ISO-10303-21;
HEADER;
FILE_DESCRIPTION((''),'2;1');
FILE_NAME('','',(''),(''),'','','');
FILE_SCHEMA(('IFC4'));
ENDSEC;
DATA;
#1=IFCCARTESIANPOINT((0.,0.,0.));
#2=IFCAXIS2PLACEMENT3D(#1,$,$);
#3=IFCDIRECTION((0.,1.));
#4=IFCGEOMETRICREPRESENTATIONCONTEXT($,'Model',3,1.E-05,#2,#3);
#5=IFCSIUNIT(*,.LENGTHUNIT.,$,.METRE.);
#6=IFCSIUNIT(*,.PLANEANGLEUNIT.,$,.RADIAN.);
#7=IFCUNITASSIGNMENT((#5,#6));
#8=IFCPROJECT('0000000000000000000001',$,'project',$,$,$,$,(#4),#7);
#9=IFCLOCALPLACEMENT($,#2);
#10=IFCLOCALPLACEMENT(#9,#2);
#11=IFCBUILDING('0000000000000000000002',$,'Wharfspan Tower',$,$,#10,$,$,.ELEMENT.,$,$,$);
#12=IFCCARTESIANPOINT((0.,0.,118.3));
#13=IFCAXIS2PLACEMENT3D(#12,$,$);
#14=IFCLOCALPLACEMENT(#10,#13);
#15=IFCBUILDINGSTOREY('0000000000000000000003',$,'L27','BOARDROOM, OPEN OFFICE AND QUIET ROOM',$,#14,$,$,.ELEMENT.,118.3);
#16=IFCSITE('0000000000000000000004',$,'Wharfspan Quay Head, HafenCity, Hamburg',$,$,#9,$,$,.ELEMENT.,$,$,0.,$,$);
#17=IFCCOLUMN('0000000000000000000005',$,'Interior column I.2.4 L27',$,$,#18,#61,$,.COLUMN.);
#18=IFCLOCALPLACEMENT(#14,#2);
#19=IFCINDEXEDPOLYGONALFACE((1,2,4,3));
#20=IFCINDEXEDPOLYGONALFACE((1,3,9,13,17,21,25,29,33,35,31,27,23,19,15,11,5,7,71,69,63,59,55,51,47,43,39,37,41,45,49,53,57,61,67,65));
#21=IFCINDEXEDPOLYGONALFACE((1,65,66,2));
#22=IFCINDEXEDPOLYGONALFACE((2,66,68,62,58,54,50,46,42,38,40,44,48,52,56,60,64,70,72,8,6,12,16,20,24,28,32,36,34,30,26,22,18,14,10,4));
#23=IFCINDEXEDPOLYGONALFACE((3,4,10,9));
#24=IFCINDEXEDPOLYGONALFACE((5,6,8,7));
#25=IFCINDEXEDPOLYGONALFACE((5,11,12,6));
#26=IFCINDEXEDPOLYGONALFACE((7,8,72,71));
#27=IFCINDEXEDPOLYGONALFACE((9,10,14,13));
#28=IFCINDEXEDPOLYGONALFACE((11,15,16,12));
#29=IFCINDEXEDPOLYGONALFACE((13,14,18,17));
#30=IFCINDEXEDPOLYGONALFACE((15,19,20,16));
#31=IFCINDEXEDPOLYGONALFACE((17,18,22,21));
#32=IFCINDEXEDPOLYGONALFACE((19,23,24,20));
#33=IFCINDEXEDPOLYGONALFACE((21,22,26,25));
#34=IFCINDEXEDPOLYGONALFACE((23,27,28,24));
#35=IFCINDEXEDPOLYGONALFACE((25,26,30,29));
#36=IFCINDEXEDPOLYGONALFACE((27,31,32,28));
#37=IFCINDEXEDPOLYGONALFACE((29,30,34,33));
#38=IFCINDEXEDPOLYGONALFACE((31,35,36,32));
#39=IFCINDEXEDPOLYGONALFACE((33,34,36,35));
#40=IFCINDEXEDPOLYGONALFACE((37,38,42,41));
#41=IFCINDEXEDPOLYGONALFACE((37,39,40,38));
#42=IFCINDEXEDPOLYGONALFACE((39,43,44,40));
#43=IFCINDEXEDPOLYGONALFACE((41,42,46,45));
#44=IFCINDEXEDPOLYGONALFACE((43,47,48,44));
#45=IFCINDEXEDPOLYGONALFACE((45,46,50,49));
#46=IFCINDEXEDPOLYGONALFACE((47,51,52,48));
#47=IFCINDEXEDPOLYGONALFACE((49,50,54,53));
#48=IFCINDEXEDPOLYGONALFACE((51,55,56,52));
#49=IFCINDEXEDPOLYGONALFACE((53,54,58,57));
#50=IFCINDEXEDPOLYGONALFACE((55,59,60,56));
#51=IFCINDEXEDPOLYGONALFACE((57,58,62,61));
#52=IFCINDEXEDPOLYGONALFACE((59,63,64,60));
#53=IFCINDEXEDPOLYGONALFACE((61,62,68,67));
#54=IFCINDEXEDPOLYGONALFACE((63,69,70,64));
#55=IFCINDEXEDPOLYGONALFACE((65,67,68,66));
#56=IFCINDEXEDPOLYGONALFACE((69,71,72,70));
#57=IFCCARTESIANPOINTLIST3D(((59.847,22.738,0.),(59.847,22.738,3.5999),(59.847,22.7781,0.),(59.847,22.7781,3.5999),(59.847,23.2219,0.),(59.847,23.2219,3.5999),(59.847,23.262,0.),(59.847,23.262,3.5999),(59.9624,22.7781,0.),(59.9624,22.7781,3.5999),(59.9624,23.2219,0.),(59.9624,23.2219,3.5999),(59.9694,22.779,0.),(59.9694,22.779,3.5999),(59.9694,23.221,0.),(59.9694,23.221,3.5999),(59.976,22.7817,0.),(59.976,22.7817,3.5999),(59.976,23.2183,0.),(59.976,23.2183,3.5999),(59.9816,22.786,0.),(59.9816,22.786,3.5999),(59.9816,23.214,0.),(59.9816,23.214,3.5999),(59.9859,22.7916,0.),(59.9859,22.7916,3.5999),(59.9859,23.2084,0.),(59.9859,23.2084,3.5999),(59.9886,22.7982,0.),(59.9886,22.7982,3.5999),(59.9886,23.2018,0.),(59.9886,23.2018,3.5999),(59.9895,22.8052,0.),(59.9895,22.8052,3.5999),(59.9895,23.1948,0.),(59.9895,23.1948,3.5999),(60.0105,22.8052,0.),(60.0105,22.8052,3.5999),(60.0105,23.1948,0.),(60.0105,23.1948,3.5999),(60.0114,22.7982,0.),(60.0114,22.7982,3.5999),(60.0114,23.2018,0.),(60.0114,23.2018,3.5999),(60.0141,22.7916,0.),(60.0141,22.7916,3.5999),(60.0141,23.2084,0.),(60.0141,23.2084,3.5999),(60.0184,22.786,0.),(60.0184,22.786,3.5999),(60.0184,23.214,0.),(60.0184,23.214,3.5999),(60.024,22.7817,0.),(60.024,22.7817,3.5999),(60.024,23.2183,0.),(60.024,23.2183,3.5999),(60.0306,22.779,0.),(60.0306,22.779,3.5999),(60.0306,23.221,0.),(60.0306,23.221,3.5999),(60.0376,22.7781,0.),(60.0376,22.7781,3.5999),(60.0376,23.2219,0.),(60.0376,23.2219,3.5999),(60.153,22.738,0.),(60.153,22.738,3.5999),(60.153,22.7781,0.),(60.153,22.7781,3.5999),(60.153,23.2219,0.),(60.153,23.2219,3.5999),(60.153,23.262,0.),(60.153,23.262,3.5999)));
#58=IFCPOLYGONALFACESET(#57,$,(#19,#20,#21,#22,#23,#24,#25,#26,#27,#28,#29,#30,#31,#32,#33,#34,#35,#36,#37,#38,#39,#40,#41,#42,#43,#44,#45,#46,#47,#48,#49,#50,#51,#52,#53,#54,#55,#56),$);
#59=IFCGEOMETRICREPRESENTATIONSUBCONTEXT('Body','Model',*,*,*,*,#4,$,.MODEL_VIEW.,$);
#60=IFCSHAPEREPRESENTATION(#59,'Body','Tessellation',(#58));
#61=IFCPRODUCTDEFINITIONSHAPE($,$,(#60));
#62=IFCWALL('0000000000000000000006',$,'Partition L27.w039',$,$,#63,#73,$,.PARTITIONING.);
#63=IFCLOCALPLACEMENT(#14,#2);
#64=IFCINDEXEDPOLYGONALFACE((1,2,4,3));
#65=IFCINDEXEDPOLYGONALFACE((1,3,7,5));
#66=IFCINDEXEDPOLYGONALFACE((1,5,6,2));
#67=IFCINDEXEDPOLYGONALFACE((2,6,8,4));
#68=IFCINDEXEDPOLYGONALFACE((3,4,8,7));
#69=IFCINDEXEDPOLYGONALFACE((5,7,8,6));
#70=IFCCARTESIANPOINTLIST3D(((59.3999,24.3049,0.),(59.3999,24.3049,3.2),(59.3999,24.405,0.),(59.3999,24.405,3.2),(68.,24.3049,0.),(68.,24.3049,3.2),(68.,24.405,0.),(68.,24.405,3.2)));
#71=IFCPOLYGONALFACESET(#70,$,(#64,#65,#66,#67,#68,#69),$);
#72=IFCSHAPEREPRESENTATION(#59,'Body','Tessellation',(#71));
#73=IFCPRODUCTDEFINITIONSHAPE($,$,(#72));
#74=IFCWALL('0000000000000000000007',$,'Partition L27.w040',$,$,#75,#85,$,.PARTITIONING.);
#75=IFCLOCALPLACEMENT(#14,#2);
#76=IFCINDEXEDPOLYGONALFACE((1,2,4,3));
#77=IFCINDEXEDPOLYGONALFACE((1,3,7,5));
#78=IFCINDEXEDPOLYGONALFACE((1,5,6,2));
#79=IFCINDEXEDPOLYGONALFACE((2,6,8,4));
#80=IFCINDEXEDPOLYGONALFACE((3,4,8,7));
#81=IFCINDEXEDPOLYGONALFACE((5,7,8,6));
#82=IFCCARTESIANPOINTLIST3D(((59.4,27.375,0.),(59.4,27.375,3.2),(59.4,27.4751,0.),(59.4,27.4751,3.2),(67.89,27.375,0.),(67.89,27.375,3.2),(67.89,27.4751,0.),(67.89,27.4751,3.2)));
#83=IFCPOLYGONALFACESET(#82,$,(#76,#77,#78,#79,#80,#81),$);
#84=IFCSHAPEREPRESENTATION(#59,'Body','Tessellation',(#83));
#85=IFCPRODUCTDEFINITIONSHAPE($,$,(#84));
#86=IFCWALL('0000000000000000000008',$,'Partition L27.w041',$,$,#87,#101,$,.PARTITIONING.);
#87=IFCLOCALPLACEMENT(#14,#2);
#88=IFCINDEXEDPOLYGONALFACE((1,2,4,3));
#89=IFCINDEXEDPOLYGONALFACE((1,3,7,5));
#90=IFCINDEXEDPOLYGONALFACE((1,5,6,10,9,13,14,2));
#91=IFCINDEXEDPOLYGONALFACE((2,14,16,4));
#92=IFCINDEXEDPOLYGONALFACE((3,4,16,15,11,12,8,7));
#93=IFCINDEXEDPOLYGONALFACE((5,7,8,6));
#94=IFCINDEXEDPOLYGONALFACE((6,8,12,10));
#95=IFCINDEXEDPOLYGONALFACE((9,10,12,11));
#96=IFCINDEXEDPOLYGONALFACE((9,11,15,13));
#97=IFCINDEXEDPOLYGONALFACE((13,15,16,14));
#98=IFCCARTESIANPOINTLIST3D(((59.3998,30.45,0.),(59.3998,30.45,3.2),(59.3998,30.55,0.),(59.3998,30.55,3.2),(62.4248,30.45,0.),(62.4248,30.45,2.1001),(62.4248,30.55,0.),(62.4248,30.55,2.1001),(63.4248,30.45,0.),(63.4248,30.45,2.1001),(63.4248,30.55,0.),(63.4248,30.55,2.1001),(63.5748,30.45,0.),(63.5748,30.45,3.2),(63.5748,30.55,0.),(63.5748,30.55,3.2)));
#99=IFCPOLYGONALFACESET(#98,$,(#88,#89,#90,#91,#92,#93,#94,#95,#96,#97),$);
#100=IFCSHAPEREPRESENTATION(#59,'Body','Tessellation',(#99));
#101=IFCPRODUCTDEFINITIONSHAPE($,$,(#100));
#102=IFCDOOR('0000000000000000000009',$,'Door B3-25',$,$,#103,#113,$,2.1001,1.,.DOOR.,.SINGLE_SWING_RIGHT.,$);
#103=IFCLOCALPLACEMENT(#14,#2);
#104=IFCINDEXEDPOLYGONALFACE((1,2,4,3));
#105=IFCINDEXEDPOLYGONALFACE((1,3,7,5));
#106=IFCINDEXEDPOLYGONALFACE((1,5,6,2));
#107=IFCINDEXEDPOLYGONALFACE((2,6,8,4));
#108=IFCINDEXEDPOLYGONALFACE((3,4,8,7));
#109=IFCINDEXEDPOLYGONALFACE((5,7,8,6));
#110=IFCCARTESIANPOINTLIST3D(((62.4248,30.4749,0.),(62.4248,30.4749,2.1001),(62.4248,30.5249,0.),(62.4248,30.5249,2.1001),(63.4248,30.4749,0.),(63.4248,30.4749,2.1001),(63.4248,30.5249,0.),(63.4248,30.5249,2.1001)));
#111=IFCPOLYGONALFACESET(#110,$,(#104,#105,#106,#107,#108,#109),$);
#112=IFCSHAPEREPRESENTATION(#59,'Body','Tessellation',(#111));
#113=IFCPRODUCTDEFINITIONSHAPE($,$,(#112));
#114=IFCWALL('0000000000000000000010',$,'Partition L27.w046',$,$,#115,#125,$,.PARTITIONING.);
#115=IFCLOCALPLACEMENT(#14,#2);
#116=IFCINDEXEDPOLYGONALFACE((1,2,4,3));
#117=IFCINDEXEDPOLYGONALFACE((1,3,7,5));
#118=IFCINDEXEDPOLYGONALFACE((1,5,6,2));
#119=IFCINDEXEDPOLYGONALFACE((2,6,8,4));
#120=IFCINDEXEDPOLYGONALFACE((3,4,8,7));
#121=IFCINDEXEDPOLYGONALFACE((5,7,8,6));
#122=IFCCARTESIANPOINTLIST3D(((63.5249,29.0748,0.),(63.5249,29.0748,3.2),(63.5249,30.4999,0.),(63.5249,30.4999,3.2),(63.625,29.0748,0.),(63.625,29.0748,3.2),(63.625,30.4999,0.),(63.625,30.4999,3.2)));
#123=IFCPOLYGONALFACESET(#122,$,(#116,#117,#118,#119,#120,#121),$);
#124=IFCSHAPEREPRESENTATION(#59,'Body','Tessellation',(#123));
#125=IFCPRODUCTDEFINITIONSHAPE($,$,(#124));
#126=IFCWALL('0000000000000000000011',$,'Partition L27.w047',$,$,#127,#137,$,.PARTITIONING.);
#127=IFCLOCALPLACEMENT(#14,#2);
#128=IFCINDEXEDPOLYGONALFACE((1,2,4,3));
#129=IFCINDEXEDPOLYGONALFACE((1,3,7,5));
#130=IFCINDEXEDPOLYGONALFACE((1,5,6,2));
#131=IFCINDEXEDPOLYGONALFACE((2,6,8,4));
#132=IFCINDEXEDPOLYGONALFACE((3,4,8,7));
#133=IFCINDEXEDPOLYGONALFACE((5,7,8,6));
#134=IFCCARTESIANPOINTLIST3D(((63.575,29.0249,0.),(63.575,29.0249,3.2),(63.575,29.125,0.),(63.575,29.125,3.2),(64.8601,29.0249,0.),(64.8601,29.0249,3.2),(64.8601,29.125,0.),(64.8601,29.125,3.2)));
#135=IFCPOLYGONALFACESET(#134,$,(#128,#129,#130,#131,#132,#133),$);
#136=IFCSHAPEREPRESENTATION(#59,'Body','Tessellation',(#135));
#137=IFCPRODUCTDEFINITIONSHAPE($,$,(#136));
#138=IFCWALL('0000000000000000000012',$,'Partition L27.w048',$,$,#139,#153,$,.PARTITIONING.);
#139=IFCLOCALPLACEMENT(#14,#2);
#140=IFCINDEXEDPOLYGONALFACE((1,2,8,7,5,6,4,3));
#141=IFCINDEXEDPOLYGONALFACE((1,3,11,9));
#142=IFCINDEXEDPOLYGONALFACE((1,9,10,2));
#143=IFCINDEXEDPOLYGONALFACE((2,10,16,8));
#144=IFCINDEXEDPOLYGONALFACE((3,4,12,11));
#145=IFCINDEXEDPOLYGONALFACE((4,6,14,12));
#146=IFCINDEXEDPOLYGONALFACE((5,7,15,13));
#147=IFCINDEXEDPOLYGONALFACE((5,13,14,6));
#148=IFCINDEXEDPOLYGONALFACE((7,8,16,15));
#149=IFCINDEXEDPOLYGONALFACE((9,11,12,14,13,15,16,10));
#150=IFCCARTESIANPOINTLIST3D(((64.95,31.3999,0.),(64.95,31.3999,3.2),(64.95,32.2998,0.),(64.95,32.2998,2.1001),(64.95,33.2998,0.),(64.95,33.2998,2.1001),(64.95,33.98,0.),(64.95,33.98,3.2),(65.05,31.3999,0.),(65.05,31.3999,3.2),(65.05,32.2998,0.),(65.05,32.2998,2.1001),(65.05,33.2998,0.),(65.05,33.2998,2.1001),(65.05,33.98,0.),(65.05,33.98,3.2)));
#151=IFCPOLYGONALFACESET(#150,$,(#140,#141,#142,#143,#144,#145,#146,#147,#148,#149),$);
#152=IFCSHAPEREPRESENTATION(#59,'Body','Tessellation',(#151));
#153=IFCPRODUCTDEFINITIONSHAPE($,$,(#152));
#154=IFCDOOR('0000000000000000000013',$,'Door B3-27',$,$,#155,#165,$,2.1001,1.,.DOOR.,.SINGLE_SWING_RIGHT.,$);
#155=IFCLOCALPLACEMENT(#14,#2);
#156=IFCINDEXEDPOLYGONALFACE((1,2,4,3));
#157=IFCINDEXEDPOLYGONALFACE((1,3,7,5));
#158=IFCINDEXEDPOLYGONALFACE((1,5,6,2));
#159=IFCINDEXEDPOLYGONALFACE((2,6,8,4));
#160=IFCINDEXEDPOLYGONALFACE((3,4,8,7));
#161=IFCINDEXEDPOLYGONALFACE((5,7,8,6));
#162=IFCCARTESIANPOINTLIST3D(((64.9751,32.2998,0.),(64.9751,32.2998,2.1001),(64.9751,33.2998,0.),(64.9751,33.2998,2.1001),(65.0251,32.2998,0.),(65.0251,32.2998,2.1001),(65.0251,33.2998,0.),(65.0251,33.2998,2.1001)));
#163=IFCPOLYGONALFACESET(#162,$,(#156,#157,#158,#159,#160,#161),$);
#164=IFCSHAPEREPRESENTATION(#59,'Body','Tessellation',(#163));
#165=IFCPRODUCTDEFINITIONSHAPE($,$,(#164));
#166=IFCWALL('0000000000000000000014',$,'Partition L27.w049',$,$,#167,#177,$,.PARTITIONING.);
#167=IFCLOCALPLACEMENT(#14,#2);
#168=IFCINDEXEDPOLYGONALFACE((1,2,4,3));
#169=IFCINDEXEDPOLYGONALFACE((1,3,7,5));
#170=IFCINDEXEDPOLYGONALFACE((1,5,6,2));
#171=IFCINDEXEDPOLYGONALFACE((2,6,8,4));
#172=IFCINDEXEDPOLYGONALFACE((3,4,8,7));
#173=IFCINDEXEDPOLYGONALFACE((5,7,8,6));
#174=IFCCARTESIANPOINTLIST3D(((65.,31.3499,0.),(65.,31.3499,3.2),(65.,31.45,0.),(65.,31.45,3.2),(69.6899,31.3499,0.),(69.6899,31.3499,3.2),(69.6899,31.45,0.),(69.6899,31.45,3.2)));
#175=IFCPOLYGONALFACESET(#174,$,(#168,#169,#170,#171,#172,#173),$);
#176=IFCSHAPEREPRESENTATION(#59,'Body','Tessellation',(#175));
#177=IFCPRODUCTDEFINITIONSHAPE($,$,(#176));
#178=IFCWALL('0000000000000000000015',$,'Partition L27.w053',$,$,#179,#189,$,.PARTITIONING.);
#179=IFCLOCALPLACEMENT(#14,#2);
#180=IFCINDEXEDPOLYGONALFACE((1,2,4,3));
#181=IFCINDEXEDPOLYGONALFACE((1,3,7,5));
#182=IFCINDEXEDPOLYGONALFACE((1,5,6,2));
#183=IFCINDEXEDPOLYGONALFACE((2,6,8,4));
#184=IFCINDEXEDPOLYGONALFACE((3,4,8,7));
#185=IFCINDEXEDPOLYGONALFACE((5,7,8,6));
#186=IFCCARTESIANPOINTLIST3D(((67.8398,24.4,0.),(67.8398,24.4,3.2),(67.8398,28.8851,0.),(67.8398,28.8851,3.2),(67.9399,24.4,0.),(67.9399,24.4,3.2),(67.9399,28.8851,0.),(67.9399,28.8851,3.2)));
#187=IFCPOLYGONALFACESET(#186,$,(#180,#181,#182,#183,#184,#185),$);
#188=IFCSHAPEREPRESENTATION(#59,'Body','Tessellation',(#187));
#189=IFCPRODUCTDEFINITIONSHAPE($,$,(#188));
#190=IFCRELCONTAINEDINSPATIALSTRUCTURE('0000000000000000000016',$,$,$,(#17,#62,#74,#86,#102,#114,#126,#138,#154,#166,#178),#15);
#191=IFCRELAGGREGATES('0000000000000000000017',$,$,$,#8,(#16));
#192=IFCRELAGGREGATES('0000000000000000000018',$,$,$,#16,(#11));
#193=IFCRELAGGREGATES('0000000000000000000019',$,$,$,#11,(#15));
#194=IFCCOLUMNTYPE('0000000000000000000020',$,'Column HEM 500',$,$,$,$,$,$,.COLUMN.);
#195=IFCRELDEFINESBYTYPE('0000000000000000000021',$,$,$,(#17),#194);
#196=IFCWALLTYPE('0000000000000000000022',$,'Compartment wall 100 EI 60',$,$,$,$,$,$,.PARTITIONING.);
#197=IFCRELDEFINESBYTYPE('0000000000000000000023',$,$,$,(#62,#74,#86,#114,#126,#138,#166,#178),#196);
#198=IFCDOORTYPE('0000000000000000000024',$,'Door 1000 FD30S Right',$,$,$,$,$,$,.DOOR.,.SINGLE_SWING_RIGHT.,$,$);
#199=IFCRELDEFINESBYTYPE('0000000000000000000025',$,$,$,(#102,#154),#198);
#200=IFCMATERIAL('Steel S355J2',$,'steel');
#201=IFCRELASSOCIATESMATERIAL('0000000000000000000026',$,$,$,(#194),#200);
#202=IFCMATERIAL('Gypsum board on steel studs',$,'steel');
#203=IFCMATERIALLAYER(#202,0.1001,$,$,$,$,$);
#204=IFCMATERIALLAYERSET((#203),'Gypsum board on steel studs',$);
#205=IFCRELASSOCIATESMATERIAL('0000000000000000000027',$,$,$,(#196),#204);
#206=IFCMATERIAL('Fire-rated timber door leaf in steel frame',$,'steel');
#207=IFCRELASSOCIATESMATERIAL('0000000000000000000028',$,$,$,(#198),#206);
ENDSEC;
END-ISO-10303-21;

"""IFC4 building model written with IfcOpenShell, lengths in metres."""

from ifc_helpers import new_model, si_unit, direction, frame, frame_2d, origin, origin_2d, place, context, subcontext, project, spatial, rectangle, i_section, extrude, material, layer, layer_set, material_profile, profile_set, type_object, element, fill, save


model = new_model("IFC4")

# Units and contexts
model_context = context("Model", 3, precision=1e-05, world=origin(), true_north=direction((0.0, 1.0)))
body_context = subcontext(model_context, "Body", "Model", "MODEL_VIEW")
ifc_project = project(units=[si_unit("LENGTHUNIT", "METRE"), si_unit("PLANEANGLEUNIT", "RADIAN")], contexts=[model_context])

# Site, building, storey
site_placement = place(None, origin())
site = spatial("IfcSite", under=ifc_project, at=site_placement, Name="Wharfspan Quay Head, HafenCity, Hamburg", CompositionType="ELEMENT", RefElevation=0.0)
building_placement = place(site_placement, origin())
building = spatial("IfcBuilding", under=site, at=building_placement, Name="Wharfspan Tower", CompositionType="ELEMENT")
storey_placement = place(building_placement, frame((0.0, 0.0, 118.3)))
storey = spatial("IfcBuildingStorey", under=building, at=storey_placement, Name="L27", Description="BOARDROOM, OPEN OFFICE AND QUIET ROOM", CompositionType="ELEMENT", Elevation=118.3)

# Column
ifc_material_1 = material(Name="Steel S355J2", Category="steel")
ifc_material_profile = material_profile(ifc_material_1, i_section(OverallWidth=0.3059, OverallDepth=0.5239, WebThickness=0.021, FlangeThickness=0.04, FilletRadius=0.0271, at=origin_2d()))
ifc_profile_set = profile_set([ifc_material_profile], Name="Steel S355J2")
column_type = type_object("IfcColumnType", Name="Column HEM 500", PredefinedType="COLUMN", material=ifc_profile_set)
column_placement = place(storey_placement, frame((60.0, 23.0, 0.0), z_axis=(0.0, 0.0, 1.0), x_axis=(1.0, 0.0, 0.0)))
element("IfcColumn", 1, at=column_placement, inside=storey, type_object=column_type, Name="Interior column I.2.4 L27", PredefinedType="COLUMN", context=body_context, shape_type="SweptSolid", body=[
    extrude(i_section(OverallWidth=0.3059, OverallDepth=0.5239, WebThickness=0.021, FlangeThickness=0.04, FilletRadius=0.0271, at=origin_2d()), origin(), (0.0, 0.0, 1.0), 3.5999),
])

# Walls
ifc_material_2 = material(Name="Gypsum board on steel studs", Category="steel")
ifc_layer = layer(ifc_material_2, 0.1001)
ifc_layer_set = layer_set([ifc_layer], Name="Gypsum board on steel studs")
wall_type = type_object("IfcWallType", Name="Compartment wall 100 EI 60", PredefinedType="PARTITIONING", material=ifc_layer_set)
wall_1_placement = place(storey_placement, frame((59.3999, 24.355, 0.0), z_axis=(0.0, 0.0, 1.0), x_axis=(1.0, 0.0, 0.0)))
element("IfcWall", 2, at=wall_1_placement, inside=storey, type_object=wall_type, Name="Partition L27.w039", PredefinedType="PARTITIONING", context=body_context, shape_type="SweptSolid", body=[
    extrude(rectangle(XDim=8.6001, YDim=0.1001, at=frame_2d((4.3, 0.0))), origin(), (0.0, 0.0, 1.0), 3.2),
])
wall_2_placement = place(storey_placement, frame((59.3999, 27.425, 0.0), z_axis=(0.0, 0.0, 1.0), x_axis=(1.0, 0.0, 0.0)))
element("IfcWall", 3, at=wall_2_placement, inside=storey, type_object=wall_type, Name="Partition L27.w040", PredefinedType="PARTITIONING", context=body_context, shape_type="SweptSolid", body=[
    extrude(rectangle(XDim=8.49, YDim=0.1001, at=frame_2d((4.2451, 0.0))), origin(), (0.0, 0.0, 1.0), 3.2),
])

# Wall, opening, door
wall_3_placement = place(storey_placement, frame((59.3999, 30.5, 0.0), z_axis=(0.0, 0.0, 1.0), x_axis=(1.0, 0.0, 0.0)))
wall_3 = element("IfcWall", 4, at=wall_3_placement, inside=storey, type_object=wall_type, Name="Partition L27.w041", PredefinedType="PARTITIONING", context=body_context, shape_type="SweptSolid", body=[
    extrude(rectangle(XDim=4.175, YDim=0.1001, at=frame_2d((2.0874, 0.0))), origin(), (0.0, 0.0, 1.0), 3.2),
])
opening_1_placement = place(wall_3_placement, frame((3.0249, 0.0, 0.0)))
opening_1 = element("IfcOpeningElement", 5, at=opening_1_placement, cuts=wall_3, PredefinedType="OPENING", context=body_context, shape_type="SweptSolid", body=[
    extrude(rectangle(XDim=1.0, YDim=2.1001, at=frame_2d((0.5, 1.05))), frame((0.0, 0.0601, 0.0), z_axis=(0.0, -1.0, 0.0), x_axis=(1.0, 0.0, 0.0)), (0.0, 0.0, 1.0), 0.1201),
])
ifc_material_3 = material(Name="Fire-rated timber door leaf in steel frame", Category="steel")
door_type_1 = type_object("IfcDoorType", Name="Door 1000 FD30S Right", OperationType="SINGLE_SWING_RIGHT", PredefinedType="DOOR", material=ifc_material_3)
door_1_placement = place(opening_1_placement, origin())
door_1 = element("IfcDoor", 6, at=door_1_placement, inside=storey, type_object=door_type_1, Name="Door B3-25", OperationType="SINGLE_SWING_RIGHT", OverallHeight=2.1001, OverallWidth=1.0, PredefinedType="DOOR", context=body_context, shape_type="SweptSolid", body=[
    extrude(rectangle(XDim=1.0, YDim=2.1001, at=frame_2d((0.5, 1.05))), frame((0.0, 0.0249, 0.0), z_axis=(0.0, -1.0, 0.0), x_axis=(1.0, 0.0, 0.0)), (0.0, 0.0, 1.0), 0.05),
])
fill(opening_1, door_1)

# Walls
wall_4_placement = place(storey_placement, frame((63.575, 29.075, 0.0), z_axis=(0.0, 0.0, 1.0), x_axis=(0.0, 1.0, 0.0)))
element("IfcWall", 7, at=wall_4_placement, inside=storey, type_object=wall_type, Name="Partition L27.w046", PredefinedType="PARTITIONING", context=body_context, shape_type="SweptSolid", body=[
    extrude(rectangle(XDim=1.425, YDim=0.1001, at=frame_2d((0.7124, 0.0))), origin(), (0.0, 0.0, 1.0), 3.2),
])
wall_5_placement = place(storey_placement, frame((63.575, 29.075, 0.0), z_axis=(0.0, 0.0, 1.0), x_axis=(1.0, 0.0, 0.0)))
element("IfcWall", 8, at=wall_5_placement, inside=storey, type_object=wall_type, Name="Partition L27.w047", PredefinedType="PARTITIONING", context=body_context, shape_type="SweptSolid", body=[
    extrude(rectangle(XDim=1.2852, YDim=0.1001, at=frame_2d((0.6426, 0.0))), origin(), (0.0, 0.0, 1.0), 3.2),
])

# Wall, opening, door
wall_6_placement = place(storey_placement, frame((65.0, 31.3999, 0.0), z_axis=(0.0, 0.0, 1.0), x_axis=(0.0, 1.0, 0.0)))
wall_6 = element("IfcWall", 9, at=wall_6_placement, inside=storey, type_object=wall_type, Name="Partition L27.w048", PredefinedType="PARTITIONING", context=body_context, shape_type="SweptSolid", body=[
    extrude(rectangle(XDim=2.5801, YDim=0.1001, at=frame_2d((1.29, 0.0))), origin(), (0.0, 0.0, 1.0), 3.2),
])
opening_2_placement = place(wall_6_placement, frame((0.8999, 0.0, 0.0)))
opening_2 = element("IfcOpeningElement", 10, at=opening_2_placement, cuts=wall_6, PredefinedType="OPENING", context=body_context, shape_type="SweptSolid", body=[
    extrude(rectangle(XDim=1.0, YDim=2.1001, at=frame_2d((0.5, 1.05))), frame((0.0, 0.0601, 0.0), z_axis=(0.0, -1.0, 0.0), x_axis=(1.0, 0.0, 0.0)), (0.0, 0.0, 1.0), 0.1201),
])
door_2_placement = place(opening_2_placement, origin())
door_2 = element("IfcDoor", 11, at=door_2_placement, inside=storey, type_object=door_type_1, Name="Door B3-27", OperationType="SINGLE_SWING_RIGHT", OverallHeight=2.1001, OverallWidth=1.0, PredefinedType="DOOR", context=body_context, shape_type="SweptSolid", body=[
    extrude(rectangle(XDim=1.0, YDim=2.1001, at=frame_2d((0.5, 1.05))), frame((0.0, 0.0249, 0.0), z_axis=(0.0, -1.0, 0.0), x_axis=(1.0, 0.0, 0.0)), (0.0, 0.0, 1.0), 0.05),
])
fill(opening_2, door_2)

# Walls
wall_7_placement = place(storey_placement, frame((65.0, 31.3999, 0.0), z_axis=(0.0, 0.0, 1.0), x_axis=(1.0, 0.0, 0.0)))
element("IfcWall", 12, at=wall_7_placement, inside=storey, type_object=wall_type, Name="Partition L27.w049", PredefinedType="PARTITIONING", context=body_context, shape_type="SweptSolid", body=[
    extrude(rectangle(XDim=4.6899, YDim=0.1001, at=frame_2d((2.345, 0.0))), origin(), (0.0, 0.0, 1.0), 3.2),
])
wall_8_placement = place(storey_placement, frame((67.8899, 24.3999, 0.0), z_axis=(0.0, 0.0, 1.0), x_axis=(0.0, 1.0, 0.0)))
element("IfcWall", 13, at=wall_8_placement, inside=storey, type_object=wall_type, Name="Partition L27.w053", PredefinedType="PARTITIONING", context=body_context, shape_type="SweptSolid", body=[
    extrude(rectangle(XDim=4.4851, YDim=0.1001, at=frame_2d((2.2427, 0.0))), origin(), (0.0, 0.0, 1.0), 3.2),
])

save(model, "model.ifc")
